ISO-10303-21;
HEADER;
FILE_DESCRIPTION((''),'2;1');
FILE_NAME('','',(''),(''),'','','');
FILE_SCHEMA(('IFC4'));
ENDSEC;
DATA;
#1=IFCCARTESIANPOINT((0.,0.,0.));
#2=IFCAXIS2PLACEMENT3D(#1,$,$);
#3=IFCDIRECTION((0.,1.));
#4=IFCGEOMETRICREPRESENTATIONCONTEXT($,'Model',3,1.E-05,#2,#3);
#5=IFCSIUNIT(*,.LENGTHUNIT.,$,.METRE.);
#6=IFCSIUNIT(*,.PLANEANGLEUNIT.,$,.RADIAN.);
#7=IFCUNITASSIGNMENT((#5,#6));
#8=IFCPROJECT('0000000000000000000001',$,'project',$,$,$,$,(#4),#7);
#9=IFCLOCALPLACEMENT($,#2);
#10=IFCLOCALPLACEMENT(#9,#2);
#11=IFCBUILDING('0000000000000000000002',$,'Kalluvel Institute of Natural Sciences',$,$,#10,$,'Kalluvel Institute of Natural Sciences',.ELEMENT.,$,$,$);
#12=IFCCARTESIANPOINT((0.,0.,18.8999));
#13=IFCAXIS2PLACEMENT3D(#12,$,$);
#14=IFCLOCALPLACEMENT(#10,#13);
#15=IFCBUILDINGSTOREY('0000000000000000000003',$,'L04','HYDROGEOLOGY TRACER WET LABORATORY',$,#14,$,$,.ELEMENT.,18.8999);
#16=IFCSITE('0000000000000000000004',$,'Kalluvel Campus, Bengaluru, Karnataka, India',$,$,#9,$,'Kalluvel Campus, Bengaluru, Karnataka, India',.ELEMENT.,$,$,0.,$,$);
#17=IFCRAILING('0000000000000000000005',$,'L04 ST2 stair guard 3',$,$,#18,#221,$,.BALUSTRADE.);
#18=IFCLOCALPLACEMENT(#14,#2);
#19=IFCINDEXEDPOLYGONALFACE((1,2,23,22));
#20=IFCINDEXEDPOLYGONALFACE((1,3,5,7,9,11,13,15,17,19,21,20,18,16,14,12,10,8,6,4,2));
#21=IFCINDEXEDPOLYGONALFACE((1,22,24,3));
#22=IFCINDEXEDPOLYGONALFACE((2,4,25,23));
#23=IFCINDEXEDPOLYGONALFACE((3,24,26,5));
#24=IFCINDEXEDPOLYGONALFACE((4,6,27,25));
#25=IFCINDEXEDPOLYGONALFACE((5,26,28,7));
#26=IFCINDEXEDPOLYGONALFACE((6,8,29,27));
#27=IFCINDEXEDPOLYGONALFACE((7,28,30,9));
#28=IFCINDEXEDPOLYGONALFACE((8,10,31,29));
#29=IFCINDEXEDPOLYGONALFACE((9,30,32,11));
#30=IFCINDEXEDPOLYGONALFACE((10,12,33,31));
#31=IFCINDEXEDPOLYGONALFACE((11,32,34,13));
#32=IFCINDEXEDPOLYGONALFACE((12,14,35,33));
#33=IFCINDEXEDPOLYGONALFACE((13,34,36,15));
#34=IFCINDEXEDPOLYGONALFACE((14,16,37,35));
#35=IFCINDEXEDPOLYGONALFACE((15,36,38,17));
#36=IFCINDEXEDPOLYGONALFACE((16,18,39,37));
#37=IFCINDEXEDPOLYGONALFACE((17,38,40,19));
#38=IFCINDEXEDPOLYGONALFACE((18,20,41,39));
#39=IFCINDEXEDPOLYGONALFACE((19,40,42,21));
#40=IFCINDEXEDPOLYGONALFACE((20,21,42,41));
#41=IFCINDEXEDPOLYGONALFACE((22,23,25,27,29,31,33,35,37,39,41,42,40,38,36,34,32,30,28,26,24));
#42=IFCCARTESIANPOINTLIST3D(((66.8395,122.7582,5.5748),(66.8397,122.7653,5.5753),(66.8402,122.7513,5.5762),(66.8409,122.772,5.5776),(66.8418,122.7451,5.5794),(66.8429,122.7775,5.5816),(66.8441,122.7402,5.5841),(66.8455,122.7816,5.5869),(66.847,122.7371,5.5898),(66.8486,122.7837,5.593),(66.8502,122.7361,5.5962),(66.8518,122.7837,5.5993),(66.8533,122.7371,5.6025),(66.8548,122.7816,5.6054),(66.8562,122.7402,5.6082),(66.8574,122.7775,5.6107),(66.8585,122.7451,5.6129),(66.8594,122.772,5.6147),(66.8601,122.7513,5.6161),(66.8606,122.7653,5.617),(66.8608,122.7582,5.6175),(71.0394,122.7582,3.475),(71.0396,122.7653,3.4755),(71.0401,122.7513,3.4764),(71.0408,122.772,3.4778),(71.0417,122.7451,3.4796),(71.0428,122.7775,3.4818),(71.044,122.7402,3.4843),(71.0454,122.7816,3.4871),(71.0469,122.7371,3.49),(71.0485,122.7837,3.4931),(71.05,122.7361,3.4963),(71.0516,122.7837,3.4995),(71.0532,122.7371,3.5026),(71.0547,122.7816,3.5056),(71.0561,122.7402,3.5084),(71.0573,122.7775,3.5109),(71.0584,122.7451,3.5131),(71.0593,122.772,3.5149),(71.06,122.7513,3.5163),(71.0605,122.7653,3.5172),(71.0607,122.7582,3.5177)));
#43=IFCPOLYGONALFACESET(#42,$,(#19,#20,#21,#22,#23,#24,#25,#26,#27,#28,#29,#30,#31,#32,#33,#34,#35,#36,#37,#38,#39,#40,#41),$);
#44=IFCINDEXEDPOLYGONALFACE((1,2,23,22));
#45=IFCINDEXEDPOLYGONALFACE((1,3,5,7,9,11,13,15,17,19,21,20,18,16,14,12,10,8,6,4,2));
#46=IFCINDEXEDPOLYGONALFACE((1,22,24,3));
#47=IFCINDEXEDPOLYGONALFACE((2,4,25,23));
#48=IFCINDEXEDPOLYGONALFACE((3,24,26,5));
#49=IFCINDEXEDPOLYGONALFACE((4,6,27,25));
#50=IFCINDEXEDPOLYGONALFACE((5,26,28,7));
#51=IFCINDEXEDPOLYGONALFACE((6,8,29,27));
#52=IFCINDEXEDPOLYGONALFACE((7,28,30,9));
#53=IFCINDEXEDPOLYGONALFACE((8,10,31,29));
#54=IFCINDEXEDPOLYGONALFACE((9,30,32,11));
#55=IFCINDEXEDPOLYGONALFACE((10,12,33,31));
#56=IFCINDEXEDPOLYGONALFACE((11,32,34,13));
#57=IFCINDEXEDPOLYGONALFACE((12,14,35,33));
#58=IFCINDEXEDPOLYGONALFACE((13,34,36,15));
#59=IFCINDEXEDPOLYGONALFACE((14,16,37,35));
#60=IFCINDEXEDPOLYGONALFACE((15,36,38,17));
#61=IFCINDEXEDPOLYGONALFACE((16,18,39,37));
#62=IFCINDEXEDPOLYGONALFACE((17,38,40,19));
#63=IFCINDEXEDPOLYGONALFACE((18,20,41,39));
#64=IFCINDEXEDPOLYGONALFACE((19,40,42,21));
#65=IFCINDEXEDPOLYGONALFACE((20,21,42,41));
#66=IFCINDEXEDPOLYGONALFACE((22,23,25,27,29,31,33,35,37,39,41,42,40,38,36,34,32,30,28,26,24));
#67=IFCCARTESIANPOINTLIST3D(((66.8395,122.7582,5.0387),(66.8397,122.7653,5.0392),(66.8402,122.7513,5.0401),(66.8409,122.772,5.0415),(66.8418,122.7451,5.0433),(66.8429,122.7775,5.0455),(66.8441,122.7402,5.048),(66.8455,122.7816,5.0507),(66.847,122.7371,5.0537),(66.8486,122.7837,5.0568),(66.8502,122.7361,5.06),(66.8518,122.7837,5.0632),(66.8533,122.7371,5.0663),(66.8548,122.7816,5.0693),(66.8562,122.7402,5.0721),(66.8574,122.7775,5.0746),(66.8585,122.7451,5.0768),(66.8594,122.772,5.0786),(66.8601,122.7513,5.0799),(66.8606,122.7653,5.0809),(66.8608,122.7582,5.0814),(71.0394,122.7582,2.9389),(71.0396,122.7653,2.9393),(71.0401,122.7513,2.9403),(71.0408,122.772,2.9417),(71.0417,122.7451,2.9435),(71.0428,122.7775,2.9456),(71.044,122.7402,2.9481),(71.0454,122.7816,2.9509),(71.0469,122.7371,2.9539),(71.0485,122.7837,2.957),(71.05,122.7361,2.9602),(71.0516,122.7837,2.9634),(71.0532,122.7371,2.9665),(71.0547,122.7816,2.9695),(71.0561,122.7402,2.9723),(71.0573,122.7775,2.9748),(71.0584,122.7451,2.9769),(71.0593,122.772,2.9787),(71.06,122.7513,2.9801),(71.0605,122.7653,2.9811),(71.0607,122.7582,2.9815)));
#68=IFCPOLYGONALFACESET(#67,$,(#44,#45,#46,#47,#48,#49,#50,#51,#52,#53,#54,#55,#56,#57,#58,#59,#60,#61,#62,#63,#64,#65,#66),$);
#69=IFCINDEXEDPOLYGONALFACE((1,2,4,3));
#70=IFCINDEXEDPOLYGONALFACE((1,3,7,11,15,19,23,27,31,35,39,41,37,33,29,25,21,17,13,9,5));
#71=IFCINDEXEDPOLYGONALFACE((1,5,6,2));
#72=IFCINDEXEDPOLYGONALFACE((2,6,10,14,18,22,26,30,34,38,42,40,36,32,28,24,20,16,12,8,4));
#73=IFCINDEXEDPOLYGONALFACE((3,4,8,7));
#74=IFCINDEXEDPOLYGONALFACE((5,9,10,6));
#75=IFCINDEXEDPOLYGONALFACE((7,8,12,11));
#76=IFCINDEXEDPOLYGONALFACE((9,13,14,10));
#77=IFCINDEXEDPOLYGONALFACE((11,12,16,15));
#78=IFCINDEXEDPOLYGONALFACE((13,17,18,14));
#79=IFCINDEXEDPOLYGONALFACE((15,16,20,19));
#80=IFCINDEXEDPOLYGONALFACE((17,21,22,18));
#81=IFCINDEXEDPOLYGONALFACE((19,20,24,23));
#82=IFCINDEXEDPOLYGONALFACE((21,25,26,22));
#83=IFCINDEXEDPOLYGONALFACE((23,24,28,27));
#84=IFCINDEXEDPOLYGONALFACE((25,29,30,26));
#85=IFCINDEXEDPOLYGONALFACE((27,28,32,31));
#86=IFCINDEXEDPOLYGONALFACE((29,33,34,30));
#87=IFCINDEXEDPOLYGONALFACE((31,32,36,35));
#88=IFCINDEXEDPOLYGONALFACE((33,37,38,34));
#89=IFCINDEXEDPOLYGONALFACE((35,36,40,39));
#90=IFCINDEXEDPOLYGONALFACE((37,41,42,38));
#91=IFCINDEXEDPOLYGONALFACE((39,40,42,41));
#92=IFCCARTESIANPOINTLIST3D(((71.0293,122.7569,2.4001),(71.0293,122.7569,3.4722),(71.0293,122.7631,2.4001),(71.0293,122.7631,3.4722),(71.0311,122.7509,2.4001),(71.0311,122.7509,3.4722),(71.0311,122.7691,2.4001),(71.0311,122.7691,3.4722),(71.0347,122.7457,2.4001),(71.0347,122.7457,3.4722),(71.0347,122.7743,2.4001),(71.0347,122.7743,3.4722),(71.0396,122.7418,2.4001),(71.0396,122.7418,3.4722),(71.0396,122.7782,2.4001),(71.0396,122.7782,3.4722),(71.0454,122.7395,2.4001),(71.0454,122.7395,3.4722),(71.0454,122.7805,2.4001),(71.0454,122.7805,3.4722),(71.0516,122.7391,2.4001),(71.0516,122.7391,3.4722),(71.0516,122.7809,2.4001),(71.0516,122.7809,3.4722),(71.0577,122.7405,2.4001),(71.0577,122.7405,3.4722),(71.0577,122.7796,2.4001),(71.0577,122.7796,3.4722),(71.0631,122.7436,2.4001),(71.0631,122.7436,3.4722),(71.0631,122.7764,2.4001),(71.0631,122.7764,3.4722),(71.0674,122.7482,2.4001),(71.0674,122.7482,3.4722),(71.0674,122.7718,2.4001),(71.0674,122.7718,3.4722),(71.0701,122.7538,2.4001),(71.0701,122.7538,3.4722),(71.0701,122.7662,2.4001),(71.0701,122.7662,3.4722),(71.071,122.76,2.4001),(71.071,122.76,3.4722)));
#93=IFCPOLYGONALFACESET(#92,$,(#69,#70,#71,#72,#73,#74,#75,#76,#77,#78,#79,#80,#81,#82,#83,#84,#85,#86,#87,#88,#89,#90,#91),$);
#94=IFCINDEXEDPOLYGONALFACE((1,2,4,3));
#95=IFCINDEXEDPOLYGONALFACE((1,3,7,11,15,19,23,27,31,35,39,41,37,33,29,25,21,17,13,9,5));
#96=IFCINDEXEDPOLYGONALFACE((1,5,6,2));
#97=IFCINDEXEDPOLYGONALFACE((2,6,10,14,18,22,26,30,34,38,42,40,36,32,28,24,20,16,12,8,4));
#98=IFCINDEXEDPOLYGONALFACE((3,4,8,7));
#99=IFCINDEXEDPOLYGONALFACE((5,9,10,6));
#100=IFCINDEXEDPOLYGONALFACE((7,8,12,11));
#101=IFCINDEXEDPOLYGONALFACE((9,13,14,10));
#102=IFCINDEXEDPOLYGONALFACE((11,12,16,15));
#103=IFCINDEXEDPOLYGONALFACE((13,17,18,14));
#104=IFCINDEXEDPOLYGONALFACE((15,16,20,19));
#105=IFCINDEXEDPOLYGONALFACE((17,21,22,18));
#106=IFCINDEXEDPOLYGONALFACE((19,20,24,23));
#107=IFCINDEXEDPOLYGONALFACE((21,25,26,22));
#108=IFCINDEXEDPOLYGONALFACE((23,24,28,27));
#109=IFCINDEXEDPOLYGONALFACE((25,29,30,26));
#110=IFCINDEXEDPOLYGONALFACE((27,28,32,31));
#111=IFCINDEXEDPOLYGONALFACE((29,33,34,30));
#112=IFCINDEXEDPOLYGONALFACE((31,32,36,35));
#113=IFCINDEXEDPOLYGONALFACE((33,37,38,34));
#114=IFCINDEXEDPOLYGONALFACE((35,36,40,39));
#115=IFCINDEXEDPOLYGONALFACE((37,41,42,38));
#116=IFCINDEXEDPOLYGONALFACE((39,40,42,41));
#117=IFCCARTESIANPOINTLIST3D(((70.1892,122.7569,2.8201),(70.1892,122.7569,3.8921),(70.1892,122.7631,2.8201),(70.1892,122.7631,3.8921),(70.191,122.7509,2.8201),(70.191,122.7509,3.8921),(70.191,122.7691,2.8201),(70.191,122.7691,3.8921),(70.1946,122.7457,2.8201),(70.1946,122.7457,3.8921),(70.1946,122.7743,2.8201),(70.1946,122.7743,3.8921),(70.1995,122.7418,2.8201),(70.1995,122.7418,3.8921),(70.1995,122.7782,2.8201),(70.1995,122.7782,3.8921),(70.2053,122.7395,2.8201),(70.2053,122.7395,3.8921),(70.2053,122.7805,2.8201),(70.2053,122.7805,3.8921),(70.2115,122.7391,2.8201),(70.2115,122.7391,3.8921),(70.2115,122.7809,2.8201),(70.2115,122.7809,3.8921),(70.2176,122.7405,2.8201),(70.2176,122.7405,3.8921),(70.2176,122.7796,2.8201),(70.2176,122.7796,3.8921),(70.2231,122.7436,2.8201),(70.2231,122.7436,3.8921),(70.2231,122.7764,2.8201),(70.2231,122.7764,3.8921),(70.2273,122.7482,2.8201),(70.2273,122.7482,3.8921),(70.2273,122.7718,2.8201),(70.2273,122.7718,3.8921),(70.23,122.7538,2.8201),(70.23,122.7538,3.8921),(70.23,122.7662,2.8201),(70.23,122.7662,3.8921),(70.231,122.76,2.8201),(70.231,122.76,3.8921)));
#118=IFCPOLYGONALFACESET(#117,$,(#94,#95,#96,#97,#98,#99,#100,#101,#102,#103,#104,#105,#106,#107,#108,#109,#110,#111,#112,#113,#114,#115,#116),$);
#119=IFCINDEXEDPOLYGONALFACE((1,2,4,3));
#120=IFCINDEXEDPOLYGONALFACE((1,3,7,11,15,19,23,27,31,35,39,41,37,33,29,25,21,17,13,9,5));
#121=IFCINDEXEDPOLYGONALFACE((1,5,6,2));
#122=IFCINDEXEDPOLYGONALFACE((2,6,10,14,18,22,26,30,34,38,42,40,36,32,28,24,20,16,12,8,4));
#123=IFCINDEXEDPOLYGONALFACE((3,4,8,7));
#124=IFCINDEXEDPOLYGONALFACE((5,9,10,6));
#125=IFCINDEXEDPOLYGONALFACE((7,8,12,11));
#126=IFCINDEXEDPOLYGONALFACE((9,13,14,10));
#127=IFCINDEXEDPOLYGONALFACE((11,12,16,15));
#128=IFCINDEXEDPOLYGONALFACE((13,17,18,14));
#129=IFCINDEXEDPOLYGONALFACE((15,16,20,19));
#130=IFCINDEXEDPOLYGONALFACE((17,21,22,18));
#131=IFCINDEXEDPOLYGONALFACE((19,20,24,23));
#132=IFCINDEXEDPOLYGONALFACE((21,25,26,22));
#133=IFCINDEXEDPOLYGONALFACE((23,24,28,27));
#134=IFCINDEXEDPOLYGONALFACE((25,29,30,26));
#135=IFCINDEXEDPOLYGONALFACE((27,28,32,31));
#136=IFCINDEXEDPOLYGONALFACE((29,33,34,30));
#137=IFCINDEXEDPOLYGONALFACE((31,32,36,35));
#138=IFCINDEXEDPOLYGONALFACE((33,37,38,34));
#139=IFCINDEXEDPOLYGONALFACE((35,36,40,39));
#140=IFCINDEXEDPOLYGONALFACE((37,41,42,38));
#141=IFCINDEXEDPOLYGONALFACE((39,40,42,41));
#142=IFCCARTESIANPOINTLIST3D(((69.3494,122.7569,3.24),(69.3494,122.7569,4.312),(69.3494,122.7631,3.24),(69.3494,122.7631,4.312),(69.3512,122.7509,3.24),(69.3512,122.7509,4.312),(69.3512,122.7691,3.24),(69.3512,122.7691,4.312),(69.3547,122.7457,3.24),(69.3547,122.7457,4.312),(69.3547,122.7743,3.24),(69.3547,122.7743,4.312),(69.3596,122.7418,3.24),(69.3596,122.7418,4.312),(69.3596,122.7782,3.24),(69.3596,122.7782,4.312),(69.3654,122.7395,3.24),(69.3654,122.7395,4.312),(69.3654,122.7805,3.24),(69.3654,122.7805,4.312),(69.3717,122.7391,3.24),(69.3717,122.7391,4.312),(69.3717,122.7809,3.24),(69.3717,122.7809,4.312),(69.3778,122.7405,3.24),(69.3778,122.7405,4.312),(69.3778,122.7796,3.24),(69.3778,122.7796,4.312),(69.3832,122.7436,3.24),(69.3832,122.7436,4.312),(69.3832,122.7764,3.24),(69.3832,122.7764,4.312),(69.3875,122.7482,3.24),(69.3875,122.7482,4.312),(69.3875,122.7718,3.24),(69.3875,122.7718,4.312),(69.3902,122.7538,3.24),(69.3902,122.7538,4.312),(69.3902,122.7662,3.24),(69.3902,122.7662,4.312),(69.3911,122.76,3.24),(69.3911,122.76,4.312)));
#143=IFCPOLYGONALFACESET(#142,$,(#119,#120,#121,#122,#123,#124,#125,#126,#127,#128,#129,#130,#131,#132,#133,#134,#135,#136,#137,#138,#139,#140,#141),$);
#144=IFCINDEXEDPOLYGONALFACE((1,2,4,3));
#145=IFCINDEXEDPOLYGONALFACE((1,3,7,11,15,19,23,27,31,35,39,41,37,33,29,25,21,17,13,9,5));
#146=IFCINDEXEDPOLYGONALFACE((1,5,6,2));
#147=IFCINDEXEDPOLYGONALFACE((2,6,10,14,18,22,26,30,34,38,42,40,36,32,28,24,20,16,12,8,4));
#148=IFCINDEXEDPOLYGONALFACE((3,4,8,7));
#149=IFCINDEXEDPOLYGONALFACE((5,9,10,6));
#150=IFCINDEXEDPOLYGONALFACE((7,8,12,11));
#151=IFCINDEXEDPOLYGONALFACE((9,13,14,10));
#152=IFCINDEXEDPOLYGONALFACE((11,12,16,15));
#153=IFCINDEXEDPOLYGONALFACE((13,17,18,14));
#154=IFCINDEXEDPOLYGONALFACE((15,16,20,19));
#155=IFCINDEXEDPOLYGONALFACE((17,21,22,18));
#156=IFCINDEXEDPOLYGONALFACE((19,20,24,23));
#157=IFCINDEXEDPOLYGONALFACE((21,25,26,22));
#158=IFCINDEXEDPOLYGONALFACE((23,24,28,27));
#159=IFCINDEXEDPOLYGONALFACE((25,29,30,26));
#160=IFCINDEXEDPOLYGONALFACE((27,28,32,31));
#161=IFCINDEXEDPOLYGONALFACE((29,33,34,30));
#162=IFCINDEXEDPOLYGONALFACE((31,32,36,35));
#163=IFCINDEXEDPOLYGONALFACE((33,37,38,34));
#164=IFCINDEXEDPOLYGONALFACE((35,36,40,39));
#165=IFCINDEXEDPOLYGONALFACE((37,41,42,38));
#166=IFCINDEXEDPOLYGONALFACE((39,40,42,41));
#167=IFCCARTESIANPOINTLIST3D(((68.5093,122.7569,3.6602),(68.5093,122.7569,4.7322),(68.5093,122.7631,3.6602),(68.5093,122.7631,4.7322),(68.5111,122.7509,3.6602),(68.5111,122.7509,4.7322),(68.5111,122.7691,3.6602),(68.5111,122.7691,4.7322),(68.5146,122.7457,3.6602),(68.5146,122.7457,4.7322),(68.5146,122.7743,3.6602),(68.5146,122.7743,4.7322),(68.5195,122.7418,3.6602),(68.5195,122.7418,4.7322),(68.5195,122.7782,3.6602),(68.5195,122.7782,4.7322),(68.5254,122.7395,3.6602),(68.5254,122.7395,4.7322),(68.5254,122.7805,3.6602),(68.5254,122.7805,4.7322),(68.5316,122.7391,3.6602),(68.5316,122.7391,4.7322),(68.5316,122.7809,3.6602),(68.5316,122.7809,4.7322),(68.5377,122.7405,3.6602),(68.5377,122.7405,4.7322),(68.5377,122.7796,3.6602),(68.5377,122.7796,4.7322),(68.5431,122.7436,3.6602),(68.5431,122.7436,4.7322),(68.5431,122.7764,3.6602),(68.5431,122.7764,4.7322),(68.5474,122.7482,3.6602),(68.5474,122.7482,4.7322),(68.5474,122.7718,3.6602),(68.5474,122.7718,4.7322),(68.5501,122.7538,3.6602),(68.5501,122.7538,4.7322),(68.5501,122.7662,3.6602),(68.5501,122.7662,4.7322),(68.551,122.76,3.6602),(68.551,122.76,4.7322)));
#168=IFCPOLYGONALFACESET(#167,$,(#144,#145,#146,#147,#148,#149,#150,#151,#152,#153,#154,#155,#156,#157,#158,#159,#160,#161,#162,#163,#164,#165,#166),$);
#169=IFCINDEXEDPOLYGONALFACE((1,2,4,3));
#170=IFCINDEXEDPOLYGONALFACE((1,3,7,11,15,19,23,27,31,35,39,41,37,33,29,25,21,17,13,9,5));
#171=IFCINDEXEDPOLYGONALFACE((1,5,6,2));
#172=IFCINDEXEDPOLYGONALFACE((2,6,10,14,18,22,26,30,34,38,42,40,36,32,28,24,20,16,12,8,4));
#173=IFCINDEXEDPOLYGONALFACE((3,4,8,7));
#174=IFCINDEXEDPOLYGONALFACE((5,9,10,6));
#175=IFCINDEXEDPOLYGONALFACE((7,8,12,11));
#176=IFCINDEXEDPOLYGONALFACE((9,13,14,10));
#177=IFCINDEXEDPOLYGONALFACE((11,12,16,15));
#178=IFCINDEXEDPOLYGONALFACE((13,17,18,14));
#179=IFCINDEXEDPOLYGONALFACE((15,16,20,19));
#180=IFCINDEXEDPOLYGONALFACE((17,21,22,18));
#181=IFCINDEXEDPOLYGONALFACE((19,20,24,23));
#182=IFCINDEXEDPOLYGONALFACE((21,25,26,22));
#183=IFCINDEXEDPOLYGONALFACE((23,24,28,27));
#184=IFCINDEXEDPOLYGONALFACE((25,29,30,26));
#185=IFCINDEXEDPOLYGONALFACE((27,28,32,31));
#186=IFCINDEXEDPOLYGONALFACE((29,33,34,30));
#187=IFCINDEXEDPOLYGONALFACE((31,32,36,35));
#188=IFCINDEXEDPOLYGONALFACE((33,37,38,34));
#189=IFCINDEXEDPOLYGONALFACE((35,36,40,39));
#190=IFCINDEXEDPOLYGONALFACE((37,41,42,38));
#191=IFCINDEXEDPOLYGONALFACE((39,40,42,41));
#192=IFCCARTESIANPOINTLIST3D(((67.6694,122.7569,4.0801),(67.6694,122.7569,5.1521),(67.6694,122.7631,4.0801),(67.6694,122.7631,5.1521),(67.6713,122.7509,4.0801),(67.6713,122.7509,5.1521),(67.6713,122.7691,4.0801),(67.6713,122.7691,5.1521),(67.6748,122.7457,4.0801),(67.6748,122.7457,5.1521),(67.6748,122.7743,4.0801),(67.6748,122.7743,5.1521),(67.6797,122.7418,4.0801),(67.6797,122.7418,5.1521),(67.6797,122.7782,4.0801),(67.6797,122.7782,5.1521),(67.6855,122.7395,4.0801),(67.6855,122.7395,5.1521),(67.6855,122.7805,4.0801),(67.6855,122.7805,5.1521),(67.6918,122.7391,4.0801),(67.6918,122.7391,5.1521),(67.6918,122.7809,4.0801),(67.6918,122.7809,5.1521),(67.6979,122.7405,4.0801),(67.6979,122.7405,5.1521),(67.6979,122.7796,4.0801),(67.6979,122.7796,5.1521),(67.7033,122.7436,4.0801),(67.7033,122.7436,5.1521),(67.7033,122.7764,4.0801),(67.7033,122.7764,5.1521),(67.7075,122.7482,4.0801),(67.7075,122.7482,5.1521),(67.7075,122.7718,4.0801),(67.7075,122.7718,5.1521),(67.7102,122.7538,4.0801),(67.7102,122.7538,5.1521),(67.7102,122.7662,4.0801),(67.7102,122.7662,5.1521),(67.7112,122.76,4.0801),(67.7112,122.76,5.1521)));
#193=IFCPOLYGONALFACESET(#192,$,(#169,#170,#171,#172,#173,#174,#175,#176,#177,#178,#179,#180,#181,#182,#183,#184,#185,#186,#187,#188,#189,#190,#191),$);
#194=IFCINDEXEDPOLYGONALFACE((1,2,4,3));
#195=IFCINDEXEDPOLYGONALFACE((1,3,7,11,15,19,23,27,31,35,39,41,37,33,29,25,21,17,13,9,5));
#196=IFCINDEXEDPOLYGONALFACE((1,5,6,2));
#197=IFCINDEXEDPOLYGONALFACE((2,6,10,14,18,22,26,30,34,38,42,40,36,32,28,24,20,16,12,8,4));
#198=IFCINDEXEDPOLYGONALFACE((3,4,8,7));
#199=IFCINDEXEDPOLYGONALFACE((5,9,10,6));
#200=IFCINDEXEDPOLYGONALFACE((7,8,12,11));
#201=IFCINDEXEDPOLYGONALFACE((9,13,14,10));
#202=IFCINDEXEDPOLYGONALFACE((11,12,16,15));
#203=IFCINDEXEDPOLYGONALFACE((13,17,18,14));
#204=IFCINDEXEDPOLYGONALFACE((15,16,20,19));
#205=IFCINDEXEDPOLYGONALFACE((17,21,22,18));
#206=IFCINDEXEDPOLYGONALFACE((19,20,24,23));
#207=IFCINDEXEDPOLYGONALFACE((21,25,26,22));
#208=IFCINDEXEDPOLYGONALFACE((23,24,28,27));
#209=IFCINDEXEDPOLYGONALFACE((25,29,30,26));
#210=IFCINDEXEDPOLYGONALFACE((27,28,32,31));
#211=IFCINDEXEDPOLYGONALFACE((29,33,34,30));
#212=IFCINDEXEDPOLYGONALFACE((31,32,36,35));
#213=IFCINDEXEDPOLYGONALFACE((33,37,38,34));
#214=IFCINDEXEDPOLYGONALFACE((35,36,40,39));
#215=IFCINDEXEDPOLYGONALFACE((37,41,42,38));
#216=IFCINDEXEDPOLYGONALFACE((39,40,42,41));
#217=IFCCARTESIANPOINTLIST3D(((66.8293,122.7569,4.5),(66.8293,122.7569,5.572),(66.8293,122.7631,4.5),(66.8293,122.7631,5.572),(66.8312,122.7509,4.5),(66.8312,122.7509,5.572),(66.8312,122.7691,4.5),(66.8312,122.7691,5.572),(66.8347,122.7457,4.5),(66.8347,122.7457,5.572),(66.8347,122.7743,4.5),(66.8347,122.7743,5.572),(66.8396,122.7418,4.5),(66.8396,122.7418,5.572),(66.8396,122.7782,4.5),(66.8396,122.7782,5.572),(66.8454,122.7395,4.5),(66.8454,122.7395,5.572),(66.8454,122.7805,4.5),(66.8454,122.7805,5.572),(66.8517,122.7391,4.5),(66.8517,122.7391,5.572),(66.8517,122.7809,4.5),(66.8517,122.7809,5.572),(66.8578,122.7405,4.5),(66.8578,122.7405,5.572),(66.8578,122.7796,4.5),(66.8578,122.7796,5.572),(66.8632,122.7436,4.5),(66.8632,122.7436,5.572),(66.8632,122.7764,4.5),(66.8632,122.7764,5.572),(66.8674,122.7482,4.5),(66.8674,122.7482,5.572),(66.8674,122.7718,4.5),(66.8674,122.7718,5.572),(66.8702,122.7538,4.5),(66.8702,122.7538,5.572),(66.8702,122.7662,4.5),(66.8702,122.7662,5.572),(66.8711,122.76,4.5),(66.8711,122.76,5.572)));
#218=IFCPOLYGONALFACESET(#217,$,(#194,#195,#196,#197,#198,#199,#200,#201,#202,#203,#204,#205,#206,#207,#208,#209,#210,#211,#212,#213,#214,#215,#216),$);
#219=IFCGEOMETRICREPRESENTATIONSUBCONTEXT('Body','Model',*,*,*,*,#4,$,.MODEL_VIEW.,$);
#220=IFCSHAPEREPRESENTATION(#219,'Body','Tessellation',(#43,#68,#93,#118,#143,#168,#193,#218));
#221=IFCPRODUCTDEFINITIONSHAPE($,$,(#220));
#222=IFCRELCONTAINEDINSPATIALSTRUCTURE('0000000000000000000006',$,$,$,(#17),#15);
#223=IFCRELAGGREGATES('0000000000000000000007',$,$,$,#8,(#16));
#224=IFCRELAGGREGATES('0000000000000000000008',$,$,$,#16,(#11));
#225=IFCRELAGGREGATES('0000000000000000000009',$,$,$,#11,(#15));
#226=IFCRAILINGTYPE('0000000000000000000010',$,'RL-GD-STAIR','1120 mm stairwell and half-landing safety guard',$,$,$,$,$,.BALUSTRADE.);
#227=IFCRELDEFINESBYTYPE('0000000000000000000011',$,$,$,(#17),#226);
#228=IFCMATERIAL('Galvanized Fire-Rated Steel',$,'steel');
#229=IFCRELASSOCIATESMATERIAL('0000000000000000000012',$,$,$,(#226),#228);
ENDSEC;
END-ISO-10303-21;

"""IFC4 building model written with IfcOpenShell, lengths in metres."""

from ifc_helpers import new_model, si_unit, direction, frame, origin, origin_2d, place, context, subcontext, project, spatial, circle, extrude, material, type_object, element, save


model = new_model("IFC4")

# Units and contexts
model_context = context("Model", 3, precision=1e-05, world=origin(), true_north=direction((0.0, 1.0)))
body_context = subcontext(model_context, "Body", "Model", "MODEL_VIEW")
ifc_project = project(units=[si_unit("LENGTHUNIT", "METRE"), si_unit("PLANEANGLEUNIT", "RADIAN")], contexts=[model_context])

# Site, building, storey
site_placement = place(None, origin())
site = spatial("IfcSite", under=ifc_project, at=site_placement, Name="Kalluvel Campus, Bengaluru, Karnataka, India", LongName="Kalluvel Campus, Bengaluru, Karnataka, India", CompositionType="ELEMENT", RefElevation=0.0)
building_placement = place(site_placement, origin())
building = spatial("IfcBuilding", under=site, at=building_placement, Name="Kalluvel Institute of Natural Sciences", LongName="Kalluvel Institute of Natural Sciences", CompositionType="ELEMENT")
storey_placement = place(building_placement, frame((0.0, 0.0, 18.8999)))
storey = spatial("IfcBuildingStorey", under=building, at=storey_placement, Name="L04", Description="HYDROGEOLOGY TRACER WET LABORATORY", CompositionType="ELEMENT", Elevation=18.8999)

# Shared definitions
ifc_material_1 = material(Name="Galvanized Fire-Rated Steel", Category="steel")

# Railing
railing_type_1 = type_object("IfcRailingType", Name="RL-GD-STAIR", Description="1120 mm stairwell and half-landing safety guard", PredefinedType="BALUSTRADE", material=ifc_material_1)
railing_1_placement = place(storey_placement, frame((71.05, 122.76, 2.4001)))
element("IfcRailing", 1, at=railing_1_placement, inside=storey, type_object=railing_type_1, Name="L04 ST2 stair guard 3", PredefinedType="BALUSTRADE", context=body_context, shape_type="SweptSolid", body=[
    extrude(circle(Radius=0.0239, at=origin_2d()), frame((0.0, 0.0, 1.0962), z_axis=(-0.894438, 0.0, 0.447193), x_axis=(0.0, -1.0, 0.0)), (0.0, 0.0, 1.0), 4.6956),
    extrude(circle(Radius=0.0239, at=origin_2d()), frame((0.0, 0.0, 0.5601), z_axis=(-0.894438, 0.0, 0.447193), x_axis=(0.0, -1.0, 0.0)), (0.0, 0.0, 1.0), 4.6956),
    extrude(circle(Radius=0.021, at=origin_2d()), origin(), (0.0, 0.0, 1.0), 1.072),
    extrude(circle(Radius=0.021, at=origin_2d()), frame((-0.8401, 0.0, 0.4199)), (0.0, 0.0, 1.0), 1.072),
    extrude(circle(Radius=0.021, at=origin_2d()), frame((-1.6799, 0.0, 0.8398)), (0.0, 0.0, 1.0), 1.072),
    extrude(circle(Radius=0.021, at=origin_2d()), frame((-2.52, 0.0, 1.26)), (0.0, 0.0, 1.0), 1.072),
    extrude(circle(Radius=0.021, at=origin_2d()), frame((-3.3599, 0.0, 1.6799)), (0.0, 0.0, 1.0), 1.072),
    extrude(circle(Radius=0.021, at=origin_2d()), frame((-4.2, 0.0, 2.0999)), (0.0, 0.0, 1.0), 1.072),
])

save(model, "model.ifc")
